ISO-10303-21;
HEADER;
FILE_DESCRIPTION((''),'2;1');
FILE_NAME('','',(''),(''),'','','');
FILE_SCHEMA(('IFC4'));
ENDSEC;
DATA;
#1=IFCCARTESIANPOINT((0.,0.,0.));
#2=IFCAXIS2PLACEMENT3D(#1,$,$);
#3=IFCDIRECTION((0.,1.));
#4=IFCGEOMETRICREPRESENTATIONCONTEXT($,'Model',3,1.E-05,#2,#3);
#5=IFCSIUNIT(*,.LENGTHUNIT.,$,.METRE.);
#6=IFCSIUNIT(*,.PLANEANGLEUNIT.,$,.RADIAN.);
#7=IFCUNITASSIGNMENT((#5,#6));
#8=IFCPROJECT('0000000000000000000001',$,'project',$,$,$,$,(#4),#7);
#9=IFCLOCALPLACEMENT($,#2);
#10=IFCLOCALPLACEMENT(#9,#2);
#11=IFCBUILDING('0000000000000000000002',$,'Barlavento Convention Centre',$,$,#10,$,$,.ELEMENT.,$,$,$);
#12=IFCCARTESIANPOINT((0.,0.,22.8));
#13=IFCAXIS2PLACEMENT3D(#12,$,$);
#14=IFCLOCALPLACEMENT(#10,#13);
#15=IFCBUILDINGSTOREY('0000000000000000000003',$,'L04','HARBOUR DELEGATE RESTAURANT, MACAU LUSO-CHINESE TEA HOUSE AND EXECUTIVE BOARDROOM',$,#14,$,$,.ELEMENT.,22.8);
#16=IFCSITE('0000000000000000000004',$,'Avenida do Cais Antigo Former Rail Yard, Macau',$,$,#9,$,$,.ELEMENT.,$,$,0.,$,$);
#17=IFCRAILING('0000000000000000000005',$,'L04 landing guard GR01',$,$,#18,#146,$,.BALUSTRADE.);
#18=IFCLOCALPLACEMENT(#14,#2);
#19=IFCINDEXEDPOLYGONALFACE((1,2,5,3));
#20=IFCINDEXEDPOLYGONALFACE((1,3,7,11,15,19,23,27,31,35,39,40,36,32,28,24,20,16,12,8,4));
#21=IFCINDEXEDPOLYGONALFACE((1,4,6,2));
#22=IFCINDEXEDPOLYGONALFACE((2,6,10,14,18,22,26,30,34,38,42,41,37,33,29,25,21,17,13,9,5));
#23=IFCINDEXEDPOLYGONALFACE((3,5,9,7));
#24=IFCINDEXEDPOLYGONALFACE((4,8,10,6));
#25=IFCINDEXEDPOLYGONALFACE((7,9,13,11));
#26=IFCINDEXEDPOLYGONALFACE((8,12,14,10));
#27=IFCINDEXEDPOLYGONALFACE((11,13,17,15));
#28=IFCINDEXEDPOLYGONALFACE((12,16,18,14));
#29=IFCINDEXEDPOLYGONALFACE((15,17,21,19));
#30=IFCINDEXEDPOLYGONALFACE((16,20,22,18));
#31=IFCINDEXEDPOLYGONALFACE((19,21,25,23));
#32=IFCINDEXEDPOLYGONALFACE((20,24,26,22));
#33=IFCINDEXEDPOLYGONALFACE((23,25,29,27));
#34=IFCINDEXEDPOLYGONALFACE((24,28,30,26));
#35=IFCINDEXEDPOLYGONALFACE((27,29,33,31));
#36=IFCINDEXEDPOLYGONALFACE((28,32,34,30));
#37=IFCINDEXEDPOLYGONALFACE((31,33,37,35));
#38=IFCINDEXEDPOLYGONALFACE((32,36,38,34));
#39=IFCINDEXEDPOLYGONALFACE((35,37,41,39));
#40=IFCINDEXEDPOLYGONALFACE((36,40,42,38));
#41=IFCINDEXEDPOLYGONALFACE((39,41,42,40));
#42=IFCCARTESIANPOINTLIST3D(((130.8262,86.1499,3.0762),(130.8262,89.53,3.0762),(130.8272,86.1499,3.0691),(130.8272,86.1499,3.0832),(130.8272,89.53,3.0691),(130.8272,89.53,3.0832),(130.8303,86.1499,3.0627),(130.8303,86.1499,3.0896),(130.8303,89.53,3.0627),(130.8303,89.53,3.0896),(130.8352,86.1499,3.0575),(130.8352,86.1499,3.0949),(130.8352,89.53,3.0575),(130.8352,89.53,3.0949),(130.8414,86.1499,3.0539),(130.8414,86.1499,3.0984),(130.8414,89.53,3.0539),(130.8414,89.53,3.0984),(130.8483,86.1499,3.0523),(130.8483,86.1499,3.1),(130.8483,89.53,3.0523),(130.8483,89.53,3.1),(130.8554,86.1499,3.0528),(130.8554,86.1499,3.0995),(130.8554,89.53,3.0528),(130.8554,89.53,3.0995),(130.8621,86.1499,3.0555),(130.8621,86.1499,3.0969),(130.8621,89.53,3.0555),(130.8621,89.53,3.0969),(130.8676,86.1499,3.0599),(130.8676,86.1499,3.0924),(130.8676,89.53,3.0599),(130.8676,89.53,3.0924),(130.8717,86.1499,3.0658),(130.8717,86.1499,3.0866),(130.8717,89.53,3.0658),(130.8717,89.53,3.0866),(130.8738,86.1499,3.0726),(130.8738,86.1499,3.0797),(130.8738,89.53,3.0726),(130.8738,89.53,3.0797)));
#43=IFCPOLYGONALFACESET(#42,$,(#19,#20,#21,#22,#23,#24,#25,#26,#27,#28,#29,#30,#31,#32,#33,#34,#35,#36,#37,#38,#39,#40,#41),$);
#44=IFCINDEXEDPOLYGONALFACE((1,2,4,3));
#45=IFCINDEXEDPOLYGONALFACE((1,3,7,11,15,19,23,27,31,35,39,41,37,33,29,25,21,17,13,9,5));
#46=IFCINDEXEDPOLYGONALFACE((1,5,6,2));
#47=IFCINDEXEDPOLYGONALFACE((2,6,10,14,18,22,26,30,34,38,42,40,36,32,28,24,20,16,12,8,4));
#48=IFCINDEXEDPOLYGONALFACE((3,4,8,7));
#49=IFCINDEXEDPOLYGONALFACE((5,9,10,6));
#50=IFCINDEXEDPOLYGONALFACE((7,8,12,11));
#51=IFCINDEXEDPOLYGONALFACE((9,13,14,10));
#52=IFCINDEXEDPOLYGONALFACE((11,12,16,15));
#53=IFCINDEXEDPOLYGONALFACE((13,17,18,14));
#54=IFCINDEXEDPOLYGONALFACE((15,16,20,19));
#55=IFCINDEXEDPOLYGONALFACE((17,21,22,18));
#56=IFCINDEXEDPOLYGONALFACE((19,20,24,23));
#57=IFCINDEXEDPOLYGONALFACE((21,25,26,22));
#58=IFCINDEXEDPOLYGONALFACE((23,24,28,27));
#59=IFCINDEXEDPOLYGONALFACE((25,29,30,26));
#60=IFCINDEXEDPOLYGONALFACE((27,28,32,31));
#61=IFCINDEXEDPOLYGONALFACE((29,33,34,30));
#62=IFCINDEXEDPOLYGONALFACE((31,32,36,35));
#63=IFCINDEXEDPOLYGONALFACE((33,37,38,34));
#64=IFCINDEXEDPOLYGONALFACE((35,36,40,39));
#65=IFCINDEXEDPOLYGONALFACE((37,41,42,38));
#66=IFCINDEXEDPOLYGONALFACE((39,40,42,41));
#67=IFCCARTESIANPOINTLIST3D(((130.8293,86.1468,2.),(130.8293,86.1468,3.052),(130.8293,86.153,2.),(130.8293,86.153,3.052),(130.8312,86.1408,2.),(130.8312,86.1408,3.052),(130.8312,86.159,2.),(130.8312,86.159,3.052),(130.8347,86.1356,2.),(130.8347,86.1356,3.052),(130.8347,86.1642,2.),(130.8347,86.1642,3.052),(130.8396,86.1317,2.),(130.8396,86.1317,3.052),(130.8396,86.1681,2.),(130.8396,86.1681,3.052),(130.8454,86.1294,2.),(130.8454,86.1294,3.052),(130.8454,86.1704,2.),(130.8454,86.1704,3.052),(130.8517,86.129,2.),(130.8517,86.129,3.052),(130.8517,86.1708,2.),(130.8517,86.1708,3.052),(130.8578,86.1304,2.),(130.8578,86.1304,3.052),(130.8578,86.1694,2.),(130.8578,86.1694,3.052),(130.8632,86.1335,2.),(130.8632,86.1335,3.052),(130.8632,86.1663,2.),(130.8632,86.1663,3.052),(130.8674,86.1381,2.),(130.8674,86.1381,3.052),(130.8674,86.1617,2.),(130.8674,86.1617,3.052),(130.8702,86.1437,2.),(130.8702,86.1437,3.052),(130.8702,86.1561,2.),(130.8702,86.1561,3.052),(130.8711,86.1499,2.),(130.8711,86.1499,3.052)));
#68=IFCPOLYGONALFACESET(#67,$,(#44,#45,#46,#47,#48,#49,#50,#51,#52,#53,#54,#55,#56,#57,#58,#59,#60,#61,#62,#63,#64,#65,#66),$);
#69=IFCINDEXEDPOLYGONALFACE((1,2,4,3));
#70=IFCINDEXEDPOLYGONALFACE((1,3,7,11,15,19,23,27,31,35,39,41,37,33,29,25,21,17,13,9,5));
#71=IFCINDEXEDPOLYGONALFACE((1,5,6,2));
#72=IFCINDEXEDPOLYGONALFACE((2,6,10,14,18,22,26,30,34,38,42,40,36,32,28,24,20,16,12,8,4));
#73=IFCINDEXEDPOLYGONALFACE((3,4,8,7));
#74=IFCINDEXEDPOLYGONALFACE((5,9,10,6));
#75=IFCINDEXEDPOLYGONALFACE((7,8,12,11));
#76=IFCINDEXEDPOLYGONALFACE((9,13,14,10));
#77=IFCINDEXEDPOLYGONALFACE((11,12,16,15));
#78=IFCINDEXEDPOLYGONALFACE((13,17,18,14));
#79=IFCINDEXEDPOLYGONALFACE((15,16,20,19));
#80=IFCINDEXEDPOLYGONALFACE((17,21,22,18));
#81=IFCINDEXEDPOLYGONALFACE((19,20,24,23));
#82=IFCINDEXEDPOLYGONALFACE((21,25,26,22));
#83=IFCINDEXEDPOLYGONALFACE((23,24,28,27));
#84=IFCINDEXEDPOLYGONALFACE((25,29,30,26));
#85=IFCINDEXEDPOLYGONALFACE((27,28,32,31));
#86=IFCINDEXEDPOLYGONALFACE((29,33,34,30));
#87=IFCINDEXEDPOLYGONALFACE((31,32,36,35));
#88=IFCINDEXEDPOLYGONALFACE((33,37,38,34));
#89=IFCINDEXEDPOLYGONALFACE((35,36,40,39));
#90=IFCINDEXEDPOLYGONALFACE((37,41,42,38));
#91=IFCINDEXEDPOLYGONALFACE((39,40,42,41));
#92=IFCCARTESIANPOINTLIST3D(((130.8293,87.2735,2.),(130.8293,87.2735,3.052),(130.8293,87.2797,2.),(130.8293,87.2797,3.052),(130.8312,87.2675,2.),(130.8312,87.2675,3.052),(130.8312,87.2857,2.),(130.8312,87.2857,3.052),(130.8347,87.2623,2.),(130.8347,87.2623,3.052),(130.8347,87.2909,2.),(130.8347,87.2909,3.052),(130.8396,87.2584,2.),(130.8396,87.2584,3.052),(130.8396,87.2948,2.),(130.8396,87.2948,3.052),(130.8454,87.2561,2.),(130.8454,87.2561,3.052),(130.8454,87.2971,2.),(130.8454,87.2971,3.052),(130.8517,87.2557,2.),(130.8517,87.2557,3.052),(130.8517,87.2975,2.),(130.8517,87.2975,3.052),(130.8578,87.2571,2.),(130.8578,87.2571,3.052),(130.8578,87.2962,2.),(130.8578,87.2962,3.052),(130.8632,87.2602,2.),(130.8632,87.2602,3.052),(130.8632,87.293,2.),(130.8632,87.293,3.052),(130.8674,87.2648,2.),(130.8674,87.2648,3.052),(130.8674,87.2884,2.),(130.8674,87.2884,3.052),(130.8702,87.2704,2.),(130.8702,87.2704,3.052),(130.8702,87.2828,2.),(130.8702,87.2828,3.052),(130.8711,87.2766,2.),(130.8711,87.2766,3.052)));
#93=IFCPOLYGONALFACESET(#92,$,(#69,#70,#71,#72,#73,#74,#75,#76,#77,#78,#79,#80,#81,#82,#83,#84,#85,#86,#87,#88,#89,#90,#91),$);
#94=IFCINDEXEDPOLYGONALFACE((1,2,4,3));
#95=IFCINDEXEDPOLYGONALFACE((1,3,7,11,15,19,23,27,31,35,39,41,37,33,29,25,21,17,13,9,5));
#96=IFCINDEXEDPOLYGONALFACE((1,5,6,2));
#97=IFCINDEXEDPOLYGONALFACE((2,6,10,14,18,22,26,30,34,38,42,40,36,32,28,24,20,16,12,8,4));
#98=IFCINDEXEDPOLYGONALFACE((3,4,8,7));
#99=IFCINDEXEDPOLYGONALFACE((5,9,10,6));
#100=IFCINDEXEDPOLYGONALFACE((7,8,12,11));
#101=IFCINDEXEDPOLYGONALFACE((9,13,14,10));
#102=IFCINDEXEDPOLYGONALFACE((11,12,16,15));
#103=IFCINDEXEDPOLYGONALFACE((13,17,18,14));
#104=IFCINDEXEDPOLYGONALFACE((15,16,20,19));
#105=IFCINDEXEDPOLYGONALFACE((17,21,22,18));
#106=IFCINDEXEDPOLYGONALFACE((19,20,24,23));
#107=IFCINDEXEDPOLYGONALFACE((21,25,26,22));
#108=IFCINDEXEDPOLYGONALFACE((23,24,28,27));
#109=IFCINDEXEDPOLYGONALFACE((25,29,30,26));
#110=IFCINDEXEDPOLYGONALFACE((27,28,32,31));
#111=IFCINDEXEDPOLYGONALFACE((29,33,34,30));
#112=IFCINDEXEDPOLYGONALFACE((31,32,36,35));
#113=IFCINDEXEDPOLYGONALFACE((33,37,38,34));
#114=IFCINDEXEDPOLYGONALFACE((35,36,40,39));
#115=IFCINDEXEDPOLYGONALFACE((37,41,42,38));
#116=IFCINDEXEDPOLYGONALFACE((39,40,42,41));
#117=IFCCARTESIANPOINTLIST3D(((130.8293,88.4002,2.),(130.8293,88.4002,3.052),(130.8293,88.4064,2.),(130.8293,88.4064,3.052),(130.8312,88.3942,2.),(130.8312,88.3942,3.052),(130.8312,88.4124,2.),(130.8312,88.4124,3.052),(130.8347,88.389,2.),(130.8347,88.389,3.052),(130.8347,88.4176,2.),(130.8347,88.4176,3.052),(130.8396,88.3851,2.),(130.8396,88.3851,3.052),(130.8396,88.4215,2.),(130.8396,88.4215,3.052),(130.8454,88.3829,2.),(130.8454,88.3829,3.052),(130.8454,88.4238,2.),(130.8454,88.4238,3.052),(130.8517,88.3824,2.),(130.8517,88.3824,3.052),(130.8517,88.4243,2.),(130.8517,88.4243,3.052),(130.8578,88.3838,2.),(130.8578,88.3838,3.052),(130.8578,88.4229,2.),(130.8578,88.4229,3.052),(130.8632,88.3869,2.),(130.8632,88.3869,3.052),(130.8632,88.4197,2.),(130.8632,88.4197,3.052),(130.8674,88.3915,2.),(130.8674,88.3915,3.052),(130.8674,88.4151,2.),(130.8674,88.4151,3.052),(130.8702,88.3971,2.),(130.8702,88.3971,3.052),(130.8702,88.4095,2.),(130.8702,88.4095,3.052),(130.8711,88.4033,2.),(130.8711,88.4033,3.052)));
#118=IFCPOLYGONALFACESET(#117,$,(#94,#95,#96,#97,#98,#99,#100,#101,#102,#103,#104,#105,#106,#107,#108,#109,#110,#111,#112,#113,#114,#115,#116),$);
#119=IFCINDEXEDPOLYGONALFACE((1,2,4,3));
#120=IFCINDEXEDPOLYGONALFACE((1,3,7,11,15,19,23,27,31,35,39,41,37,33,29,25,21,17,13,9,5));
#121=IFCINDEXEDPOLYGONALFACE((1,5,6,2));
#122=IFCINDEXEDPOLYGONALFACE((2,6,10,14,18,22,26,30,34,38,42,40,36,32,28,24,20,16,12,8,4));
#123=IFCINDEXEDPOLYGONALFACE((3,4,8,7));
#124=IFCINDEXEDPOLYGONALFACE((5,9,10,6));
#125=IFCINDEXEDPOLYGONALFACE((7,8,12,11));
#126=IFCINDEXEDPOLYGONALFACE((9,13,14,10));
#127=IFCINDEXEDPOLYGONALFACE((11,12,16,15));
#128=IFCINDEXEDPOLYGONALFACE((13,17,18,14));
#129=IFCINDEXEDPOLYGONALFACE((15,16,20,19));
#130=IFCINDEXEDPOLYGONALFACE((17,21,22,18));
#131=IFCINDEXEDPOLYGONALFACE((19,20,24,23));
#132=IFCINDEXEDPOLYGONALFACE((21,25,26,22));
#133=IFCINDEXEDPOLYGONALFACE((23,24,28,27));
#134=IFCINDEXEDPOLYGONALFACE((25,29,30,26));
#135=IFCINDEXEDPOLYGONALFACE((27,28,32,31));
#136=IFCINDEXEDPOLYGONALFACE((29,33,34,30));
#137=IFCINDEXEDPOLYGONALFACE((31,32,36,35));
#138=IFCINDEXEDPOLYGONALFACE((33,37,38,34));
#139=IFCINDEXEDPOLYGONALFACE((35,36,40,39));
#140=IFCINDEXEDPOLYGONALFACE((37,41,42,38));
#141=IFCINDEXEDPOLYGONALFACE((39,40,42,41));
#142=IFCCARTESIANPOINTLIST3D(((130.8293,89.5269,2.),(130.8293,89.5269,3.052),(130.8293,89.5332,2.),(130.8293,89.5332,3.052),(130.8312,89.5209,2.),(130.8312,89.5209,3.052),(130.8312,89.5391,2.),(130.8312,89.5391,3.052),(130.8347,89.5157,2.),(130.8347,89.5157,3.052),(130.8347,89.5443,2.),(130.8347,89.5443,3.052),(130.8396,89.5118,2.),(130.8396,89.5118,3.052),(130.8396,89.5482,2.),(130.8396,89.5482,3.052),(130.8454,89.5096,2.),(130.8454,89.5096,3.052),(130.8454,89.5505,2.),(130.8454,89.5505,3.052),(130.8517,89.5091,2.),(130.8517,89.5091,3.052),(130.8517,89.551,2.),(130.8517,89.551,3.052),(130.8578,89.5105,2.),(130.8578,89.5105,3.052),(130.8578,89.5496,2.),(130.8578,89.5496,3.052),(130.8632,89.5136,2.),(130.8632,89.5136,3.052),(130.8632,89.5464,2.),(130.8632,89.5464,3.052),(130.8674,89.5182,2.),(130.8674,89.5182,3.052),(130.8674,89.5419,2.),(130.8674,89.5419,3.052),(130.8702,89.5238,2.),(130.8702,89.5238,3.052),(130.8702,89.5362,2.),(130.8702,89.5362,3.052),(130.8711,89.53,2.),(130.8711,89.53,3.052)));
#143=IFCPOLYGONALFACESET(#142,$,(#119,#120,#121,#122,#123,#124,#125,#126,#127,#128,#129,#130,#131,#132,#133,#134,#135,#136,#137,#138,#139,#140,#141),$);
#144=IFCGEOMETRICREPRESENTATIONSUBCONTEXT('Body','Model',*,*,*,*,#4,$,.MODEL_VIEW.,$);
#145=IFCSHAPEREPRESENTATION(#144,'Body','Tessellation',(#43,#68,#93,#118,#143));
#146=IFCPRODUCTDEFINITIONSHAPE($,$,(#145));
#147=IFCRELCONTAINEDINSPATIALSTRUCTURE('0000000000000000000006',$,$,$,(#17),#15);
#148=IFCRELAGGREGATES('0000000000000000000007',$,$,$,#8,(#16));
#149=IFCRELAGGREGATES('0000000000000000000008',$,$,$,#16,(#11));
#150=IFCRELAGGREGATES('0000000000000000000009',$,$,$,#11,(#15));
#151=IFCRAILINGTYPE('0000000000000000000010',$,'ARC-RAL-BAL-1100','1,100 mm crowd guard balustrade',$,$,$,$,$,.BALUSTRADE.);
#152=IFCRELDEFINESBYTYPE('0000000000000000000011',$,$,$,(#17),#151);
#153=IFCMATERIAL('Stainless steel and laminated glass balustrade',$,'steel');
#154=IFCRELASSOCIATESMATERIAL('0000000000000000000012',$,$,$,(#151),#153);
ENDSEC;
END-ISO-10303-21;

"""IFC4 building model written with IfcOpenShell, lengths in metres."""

from ifc_helpers import new_model, si_unit, direction, frame, origin, origin_2d, place, context, subcontext, project, spatial, circle, extrude, material, type_object, element, save


model = new_model("IFC4")

# Units and contexts
model_context = context("Model", 3, precision=1e-05, world=origin(), true_north=direction((0.0, 1.0)))
body_context = subcontext(model_context, "Body", "Model", "MODEL_VIEW")
ifc_project = project(units=[si_unit("LENGTHUNIT", "METRE"), si_unit("PLANEANGLEUNIT", "RADIAN")], contexts=[model_context])

# Site, building, storey
site_placement = place(None, origin())
site = spatial("IfcSite", under=ifc_project, at=site_placement, Name="Avenida do Cais Antigo Former Rail Yard, Macau", CompositionType="ELEMENT", RefElevation=0.0)
building_placement = place(site_placement, origin())
building = spatial("IfcBuilding", under=site, at=building_placement, Name="Barlavento Convention Centre", CompositionType="ELEMENT")
storey_placement = place(building_placement, frame((0.0, 0.0, 22.8)))
storey = spatial("IfcBuildingStorey", under=building, at=storey_placement, Name="L04", Description="HARBOUR DELEGATE RESTAURANT, MACAU LUSO-CHINESE TEA HOUSE AND EXECUTIVE BOARDROOM", CompositionType="ELEMENT", Elevation=22.8)

# Railing
ifc_material_1 = material(Name="Stainless steel and laminated glass balustrade", Category="steel")
railing_type_1 = type_object("IfcRailingType", Name="ARC-RAL-BAL-1100", Description="1,100 mm crowd guard balustrade", PredefinedType="BALUSTRADE", material=ifc_material_1)
for number, where, name in (
    (1, (130.8501, 86.1499, 2.0), "L04 landing guard GR01"),
):
    element("IfcRailing", number, at=place(storey_placement, frame(where)), inside=storey, type_object=railing_type_1, Name=name, PredefinedType="BALUSTRADE", context=body_context, shape_type="SweptSolid", body=[
        extrude(circle(Radius=0.0239, at=origin_2d()), frame((0.0, 0.0, 1.0762), z_axis=(0.0, 1.0, 0.0), x_axis=(-1.0, 0.0, 0.0)), (0.0, 0.0, 1.0), 3.3801),
        extrude(circle(Radius=0.021, at=origin_2d()), origin(), (0.0, 0.0, 1.0), 1.052),
        extrude(circle(Radius=0.021, at=origin_2d()), frame((0.0, 1.1267, 0.0)), (0.0, 0.0, 1.0), 1.052),
        extrude(circle(Radius=0.021, at=origin_2d()), frame((0.0, 2.2534, 0.0)), (0.0, 0.0, 1.0), 1.052),
        extrude(circle(Radius=0.021, at=origin_2d()), frame((0.0, 3.3801, 0.0)), (0.0, 0.0, 1.0), 1.052),
    ])

save(model, "model.ifc")
